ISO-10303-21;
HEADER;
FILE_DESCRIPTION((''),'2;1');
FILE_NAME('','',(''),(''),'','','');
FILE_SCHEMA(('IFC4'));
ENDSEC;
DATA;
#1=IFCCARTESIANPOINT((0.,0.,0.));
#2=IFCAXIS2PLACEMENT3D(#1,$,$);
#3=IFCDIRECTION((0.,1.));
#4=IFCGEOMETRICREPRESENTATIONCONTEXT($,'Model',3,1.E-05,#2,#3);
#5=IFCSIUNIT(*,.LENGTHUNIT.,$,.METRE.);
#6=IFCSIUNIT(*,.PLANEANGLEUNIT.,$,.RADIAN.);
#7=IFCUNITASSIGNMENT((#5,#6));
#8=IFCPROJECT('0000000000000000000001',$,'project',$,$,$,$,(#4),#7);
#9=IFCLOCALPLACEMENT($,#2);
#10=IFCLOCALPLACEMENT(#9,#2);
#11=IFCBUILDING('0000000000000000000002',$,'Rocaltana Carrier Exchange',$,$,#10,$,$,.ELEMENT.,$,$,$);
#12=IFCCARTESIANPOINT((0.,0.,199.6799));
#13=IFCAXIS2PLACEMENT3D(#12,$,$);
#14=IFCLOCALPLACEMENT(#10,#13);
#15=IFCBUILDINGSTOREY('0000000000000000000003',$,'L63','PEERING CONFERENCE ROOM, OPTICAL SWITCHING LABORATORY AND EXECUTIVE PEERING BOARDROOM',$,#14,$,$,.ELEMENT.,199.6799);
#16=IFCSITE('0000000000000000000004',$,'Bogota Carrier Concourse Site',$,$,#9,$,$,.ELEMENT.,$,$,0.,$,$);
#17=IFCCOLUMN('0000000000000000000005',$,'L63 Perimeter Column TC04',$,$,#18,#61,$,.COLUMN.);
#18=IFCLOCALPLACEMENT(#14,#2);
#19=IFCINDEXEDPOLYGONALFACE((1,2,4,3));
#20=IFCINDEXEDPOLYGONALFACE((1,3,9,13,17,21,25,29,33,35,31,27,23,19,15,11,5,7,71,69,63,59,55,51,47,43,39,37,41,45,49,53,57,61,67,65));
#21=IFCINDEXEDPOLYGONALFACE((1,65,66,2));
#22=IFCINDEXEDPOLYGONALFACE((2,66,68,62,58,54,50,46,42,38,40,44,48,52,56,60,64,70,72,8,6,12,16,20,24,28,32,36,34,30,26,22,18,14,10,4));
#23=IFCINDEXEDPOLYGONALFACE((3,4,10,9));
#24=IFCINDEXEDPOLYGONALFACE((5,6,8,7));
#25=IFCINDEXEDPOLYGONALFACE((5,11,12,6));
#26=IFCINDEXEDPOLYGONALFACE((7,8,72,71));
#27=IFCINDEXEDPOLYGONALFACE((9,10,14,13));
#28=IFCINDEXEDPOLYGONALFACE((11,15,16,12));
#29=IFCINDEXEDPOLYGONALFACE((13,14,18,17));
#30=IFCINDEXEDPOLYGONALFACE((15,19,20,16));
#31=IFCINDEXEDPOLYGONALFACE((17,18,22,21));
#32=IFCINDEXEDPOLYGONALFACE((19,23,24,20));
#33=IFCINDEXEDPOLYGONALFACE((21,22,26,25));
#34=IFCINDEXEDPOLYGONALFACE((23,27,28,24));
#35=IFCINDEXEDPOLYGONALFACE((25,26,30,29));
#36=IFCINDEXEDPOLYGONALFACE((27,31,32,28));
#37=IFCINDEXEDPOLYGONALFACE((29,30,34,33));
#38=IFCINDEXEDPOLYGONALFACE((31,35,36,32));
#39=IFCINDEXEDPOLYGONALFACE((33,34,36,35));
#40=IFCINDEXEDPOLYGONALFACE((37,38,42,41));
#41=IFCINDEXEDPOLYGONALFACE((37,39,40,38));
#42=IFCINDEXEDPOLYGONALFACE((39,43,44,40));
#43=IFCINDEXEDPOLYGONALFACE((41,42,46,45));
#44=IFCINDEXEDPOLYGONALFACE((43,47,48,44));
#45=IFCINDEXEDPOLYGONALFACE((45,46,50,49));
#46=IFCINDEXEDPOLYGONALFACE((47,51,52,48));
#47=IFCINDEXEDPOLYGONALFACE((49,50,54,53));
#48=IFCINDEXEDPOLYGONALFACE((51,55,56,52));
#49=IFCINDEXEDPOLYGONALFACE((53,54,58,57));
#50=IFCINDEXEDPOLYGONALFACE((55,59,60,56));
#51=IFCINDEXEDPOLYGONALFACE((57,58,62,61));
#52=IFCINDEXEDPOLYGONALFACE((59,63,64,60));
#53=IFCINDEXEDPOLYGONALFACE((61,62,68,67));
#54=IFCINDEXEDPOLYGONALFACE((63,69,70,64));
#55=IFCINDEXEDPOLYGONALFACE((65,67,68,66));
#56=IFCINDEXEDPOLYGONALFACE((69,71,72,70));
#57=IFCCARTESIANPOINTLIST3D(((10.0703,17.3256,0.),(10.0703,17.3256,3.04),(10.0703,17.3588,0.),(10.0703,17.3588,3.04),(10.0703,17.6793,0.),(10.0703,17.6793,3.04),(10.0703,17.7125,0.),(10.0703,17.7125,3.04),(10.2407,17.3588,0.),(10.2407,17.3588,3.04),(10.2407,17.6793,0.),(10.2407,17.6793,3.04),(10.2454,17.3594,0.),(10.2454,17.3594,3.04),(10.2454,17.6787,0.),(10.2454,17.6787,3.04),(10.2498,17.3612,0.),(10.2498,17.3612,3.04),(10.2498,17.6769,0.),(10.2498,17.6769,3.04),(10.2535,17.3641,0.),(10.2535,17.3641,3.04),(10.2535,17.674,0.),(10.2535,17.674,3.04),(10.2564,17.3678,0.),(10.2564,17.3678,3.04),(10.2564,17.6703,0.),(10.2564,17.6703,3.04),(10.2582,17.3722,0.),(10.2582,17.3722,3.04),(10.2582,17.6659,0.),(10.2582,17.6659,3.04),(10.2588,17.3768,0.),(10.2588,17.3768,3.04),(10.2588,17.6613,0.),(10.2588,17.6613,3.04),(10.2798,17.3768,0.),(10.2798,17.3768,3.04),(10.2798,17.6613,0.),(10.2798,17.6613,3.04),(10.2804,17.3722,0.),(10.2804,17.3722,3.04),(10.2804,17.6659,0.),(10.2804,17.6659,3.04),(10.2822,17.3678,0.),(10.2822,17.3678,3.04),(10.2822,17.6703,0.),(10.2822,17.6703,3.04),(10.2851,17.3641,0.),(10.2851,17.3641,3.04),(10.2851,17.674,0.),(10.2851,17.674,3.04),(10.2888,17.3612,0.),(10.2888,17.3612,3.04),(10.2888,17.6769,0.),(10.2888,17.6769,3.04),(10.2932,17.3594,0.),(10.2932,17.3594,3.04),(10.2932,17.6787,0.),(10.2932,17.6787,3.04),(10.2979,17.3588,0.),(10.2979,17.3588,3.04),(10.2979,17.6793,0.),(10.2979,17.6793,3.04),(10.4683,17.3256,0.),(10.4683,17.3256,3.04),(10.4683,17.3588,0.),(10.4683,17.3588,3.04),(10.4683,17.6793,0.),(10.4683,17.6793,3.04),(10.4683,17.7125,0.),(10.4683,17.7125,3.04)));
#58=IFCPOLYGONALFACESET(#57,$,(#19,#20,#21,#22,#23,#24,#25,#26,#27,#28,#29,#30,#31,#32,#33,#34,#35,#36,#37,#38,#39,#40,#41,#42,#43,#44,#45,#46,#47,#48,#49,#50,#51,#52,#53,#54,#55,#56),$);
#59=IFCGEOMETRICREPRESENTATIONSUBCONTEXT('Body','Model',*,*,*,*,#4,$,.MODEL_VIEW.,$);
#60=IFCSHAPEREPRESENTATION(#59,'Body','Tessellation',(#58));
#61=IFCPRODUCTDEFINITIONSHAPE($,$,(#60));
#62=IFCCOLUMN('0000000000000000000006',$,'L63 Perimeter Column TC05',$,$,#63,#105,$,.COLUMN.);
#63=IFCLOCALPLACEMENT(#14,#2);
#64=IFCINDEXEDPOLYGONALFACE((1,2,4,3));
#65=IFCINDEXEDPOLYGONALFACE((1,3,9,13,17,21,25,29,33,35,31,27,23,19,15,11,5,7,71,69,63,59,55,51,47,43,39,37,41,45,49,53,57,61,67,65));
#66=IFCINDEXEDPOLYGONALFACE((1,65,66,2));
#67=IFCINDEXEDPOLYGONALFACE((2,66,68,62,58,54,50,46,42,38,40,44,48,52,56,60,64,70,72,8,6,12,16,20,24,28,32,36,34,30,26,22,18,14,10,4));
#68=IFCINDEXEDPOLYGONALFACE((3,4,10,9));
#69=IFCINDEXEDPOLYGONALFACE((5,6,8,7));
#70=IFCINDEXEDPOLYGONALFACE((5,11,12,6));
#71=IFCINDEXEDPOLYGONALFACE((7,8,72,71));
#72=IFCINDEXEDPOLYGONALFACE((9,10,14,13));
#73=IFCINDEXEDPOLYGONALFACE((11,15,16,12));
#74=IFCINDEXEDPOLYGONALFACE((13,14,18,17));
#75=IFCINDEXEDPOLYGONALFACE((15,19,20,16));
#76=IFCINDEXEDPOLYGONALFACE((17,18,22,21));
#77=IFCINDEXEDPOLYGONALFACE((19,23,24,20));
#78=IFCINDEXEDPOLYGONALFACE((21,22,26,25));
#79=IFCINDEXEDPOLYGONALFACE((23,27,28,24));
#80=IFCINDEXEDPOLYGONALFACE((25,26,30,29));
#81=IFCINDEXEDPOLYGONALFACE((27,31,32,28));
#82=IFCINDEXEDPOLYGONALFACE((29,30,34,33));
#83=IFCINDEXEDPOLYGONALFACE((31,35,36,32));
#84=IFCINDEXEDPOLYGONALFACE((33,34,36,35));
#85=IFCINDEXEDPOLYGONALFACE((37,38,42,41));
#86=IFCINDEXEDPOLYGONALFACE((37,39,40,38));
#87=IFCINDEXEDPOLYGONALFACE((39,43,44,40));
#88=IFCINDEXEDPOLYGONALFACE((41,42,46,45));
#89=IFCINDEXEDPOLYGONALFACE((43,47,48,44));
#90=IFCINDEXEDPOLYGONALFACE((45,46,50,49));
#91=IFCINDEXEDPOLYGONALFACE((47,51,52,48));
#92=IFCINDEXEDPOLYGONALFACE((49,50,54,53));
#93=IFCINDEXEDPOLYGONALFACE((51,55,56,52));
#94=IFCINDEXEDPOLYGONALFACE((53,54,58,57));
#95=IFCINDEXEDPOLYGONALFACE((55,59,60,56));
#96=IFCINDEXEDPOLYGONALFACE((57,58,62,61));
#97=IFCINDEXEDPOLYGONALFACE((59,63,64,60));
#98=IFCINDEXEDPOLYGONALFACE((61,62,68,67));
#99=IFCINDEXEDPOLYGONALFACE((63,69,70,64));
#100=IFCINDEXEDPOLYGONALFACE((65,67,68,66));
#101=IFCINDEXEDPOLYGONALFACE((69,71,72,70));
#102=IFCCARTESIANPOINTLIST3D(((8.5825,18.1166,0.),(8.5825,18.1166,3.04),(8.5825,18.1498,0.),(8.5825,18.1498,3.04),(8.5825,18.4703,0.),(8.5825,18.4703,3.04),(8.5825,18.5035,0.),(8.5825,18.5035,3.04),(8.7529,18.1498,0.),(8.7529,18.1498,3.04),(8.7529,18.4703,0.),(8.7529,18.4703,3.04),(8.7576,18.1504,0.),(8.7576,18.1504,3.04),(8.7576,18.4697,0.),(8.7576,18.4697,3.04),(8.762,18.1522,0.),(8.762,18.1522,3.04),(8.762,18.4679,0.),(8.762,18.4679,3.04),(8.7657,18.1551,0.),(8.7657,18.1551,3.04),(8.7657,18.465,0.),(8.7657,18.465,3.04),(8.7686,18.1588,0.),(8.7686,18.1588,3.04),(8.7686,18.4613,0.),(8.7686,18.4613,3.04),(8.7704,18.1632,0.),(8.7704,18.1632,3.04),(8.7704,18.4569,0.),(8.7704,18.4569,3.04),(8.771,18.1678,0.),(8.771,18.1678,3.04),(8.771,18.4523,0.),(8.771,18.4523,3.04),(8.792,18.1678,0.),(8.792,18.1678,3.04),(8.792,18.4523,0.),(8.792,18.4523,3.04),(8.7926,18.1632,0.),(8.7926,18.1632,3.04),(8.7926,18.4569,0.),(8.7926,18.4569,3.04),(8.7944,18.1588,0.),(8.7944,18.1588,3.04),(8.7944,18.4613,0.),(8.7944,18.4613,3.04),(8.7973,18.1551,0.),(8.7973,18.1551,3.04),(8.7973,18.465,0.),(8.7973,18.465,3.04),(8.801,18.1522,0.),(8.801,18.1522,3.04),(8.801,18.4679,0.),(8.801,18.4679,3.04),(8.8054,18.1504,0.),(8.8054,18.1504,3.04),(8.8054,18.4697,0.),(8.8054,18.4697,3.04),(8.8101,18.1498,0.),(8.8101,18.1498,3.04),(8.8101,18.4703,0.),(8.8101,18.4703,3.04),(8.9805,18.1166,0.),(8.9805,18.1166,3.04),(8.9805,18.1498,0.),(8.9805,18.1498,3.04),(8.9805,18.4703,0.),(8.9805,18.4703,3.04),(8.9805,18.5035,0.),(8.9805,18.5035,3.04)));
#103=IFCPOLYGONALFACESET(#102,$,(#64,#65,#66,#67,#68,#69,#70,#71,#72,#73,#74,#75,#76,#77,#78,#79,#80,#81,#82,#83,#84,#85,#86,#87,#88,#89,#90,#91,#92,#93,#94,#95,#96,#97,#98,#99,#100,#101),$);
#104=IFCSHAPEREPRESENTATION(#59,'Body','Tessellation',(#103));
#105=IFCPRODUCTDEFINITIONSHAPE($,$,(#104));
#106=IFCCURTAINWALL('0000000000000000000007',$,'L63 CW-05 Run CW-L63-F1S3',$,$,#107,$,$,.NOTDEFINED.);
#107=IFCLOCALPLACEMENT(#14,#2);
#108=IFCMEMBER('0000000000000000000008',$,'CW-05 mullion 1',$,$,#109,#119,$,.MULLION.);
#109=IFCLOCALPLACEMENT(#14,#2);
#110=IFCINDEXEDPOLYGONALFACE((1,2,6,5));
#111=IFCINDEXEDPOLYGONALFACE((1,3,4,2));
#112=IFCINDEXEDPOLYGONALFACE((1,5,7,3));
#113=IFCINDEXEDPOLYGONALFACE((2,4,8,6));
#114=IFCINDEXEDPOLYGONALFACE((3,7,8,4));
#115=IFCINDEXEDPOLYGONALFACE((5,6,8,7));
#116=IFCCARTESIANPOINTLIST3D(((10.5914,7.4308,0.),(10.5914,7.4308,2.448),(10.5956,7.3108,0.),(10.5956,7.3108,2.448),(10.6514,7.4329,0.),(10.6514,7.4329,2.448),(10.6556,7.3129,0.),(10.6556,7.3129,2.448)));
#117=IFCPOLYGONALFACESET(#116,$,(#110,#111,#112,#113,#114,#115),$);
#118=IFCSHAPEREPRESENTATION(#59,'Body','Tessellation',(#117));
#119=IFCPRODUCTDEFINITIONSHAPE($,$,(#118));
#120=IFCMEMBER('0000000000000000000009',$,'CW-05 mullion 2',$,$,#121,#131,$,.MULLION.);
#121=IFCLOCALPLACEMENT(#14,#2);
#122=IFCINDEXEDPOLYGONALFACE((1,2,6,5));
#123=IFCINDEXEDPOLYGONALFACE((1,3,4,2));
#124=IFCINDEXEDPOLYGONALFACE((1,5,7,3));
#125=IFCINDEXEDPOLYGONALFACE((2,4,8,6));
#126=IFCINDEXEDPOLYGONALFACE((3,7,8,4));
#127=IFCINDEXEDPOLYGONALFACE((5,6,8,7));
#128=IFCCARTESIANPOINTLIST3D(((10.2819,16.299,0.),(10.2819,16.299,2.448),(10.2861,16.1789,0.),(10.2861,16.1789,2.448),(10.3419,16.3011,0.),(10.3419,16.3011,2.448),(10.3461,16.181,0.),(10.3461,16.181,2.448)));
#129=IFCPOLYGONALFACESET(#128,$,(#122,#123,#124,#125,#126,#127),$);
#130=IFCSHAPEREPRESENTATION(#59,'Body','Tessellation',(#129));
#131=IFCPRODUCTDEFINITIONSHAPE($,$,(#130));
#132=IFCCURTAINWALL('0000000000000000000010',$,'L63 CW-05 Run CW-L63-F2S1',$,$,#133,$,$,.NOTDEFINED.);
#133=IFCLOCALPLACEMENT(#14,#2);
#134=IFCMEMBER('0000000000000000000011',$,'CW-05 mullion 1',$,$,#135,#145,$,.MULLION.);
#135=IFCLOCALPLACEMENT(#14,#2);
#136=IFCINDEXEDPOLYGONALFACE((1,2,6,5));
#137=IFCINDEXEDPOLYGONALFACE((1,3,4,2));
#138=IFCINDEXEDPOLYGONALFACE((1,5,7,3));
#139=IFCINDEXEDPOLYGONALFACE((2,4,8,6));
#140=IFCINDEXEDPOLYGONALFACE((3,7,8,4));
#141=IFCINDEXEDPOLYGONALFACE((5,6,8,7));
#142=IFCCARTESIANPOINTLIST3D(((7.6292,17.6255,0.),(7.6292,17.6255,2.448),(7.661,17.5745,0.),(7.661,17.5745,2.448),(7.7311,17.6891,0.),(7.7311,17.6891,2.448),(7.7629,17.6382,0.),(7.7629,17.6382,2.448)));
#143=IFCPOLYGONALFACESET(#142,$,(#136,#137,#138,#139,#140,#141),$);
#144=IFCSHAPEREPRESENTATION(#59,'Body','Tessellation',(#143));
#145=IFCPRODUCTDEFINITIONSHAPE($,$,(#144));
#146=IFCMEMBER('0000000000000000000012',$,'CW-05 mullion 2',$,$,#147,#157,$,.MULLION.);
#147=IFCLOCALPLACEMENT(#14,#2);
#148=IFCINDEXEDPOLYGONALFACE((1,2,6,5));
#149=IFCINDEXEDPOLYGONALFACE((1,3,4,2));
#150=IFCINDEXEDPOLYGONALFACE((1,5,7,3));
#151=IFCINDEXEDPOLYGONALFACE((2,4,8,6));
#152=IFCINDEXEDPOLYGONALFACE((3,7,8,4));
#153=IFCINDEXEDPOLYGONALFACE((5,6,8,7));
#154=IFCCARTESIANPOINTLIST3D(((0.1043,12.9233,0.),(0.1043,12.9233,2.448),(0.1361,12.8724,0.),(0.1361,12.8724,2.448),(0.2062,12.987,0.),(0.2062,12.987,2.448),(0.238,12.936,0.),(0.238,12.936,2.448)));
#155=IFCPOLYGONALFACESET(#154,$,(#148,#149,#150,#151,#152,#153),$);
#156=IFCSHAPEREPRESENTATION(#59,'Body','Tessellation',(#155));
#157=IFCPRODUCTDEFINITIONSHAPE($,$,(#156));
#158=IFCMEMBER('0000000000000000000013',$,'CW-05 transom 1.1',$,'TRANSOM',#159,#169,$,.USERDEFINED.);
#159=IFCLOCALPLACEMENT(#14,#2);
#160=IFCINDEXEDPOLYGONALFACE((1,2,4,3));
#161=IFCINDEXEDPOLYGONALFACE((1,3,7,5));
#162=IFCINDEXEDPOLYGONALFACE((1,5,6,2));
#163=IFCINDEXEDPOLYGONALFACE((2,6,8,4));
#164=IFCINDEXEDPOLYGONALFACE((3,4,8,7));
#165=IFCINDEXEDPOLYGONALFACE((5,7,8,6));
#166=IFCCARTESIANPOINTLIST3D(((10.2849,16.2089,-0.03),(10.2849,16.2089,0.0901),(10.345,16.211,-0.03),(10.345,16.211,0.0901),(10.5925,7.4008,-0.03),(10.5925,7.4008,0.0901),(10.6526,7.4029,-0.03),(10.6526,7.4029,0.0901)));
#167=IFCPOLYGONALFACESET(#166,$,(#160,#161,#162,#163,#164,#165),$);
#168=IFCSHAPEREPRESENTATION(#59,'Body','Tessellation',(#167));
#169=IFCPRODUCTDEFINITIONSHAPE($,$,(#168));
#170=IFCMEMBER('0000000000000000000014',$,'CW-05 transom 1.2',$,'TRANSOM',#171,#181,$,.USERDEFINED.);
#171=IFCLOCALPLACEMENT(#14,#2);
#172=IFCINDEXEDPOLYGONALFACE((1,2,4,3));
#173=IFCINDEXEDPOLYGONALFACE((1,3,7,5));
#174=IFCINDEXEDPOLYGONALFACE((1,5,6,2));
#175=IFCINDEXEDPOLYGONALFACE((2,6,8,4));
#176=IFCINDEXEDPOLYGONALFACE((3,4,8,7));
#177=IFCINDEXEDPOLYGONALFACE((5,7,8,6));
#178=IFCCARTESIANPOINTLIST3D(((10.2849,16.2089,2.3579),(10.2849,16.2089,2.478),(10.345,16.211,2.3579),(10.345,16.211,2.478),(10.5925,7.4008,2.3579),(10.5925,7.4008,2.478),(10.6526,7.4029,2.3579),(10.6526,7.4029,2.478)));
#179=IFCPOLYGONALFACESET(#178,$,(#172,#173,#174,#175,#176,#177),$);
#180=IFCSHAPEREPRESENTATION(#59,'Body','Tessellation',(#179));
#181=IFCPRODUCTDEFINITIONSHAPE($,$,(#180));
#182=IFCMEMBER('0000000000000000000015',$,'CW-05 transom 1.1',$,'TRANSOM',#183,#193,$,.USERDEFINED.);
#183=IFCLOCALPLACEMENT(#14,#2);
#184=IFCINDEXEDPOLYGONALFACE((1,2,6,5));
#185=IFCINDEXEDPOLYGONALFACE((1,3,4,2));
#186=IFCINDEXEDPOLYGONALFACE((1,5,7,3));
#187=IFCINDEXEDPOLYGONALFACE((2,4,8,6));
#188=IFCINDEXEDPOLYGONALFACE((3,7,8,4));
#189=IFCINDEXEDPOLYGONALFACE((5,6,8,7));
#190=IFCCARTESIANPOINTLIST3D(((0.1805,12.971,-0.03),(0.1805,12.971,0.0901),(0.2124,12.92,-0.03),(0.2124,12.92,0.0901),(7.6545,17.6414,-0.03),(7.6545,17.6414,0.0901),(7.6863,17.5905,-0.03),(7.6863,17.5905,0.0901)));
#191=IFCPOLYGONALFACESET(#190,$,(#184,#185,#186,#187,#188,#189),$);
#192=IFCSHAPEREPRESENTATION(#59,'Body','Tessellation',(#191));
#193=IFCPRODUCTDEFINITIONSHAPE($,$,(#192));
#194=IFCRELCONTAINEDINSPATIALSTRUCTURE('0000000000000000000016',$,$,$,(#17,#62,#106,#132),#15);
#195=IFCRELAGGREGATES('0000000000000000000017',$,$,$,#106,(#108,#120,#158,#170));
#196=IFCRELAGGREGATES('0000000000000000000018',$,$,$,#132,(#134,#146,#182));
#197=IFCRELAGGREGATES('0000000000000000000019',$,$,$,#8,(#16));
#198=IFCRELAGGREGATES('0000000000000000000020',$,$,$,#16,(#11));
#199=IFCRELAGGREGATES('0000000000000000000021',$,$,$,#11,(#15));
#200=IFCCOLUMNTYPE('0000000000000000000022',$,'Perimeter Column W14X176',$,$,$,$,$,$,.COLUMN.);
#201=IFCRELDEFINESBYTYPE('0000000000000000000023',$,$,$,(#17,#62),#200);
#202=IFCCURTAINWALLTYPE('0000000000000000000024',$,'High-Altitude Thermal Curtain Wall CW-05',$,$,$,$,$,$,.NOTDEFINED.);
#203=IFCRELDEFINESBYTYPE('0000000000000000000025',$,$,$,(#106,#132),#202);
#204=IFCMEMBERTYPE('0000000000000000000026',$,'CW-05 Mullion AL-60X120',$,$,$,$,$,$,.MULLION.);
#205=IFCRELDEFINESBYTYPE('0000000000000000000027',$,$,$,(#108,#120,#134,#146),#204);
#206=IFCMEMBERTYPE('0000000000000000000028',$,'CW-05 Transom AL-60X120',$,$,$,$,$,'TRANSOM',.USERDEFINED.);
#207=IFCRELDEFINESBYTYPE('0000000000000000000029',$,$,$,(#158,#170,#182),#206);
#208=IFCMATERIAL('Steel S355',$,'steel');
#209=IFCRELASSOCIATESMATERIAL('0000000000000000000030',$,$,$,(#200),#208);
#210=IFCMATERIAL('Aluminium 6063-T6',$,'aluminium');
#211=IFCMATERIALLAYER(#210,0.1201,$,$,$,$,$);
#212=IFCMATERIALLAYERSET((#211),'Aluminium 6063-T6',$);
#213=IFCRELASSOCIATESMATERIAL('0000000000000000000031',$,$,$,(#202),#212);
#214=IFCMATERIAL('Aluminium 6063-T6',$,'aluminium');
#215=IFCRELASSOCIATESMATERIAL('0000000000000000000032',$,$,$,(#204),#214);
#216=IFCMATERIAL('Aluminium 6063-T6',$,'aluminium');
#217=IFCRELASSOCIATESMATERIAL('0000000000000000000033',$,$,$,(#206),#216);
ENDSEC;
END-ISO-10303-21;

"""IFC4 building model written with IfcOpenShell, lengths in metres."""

from ifc_helpers import new_model, si_unit, direction, frame, origin, origin_2d, place, context, subcontext, project, spatial, rectangle, i_section, extrude, material, layer, layer_set, material_profile, profile_set, type_object, element, aggregate, save


model = new_model("IFC4")

# Units and contexts
model_context = context("Model", 3, precision=1e-05, world=origin(), true_north=direction((0.0, 1.0)))
body_context = subcontext(model_context, "Body", "Model", "MODEL_VIEW")
ifc_project = project(units=[si_unit("LENGTHUNIT", "METRE"), si_unit("PLANEANGLEUNIT", "RADIAN")], contexts=[model_context])

# Site, building, storey
site_placement = place(None, origin())
site = spatial("IfcSite", under=ifc_project, at=site_placement, Name="Bogota Carrier Concourse Site", CompositionType="ELEMENT", RefElevation=0.0)
building_placement = place(site_placement, origin())
building = spatial("IfcBuilding", under=site, at=building_placement, Name="Rocaltana Carrier Exchange", CompositionType="ELEMENT")
storey_placement = place(building_placement, frame((0.0, 0.0, 199.6799)))
storey = spatial("IfcBuildingStorey", under=building, at=storey_placement, Name="L63", Description="PEERING CONFERENCE ROOM, OPTICAL SWITCHING LABORATORY AND EXECUTIVE PEERING BOARDROOM", CompositionType="ELEMENT", Elevation=199.6799)

# Columns
ifc_material_1 = material(Name="Steel S355", Category="steel")
ifc_material_profile_1 = material_profile(ifc_material_1, i_section(OverallWidth=0.3979, OverallDepth=0.387, WebThickness=0.021, FlangeThickness=0.0332, FilletRadius=0.0181, at=origin_2d()), Name="W14X176")
ifc_profile_set_1 = profile_set([ifc_material_profile_1], Name="Steel S355")
column_type = type_object("IfcColumnType", Name="Perimeter Column W14X176", PredefinedType="COLUMN", material=ifc_profile_set_1)
for number, where, z_axis, x_axis, name in (
    (1, (10.2693, 17.519, 0.0), (0.0, 0.0, 1.0), (1.0, 0.0, 0.0), "L63 Perimeter Column TC04"),
    (2, (8.7815, 18.3101, 0.0), (0.0, 0.0, 1.0), (1.0, 0.0, 0.0), "L63 Perimeter Column TC05"),
):
    element("IfcColumn", number, at=place(storey_placement, frame(where, z_axis=z_axis, x_axis=x_axis)), inside=storey, type_object=column_type, Name=name, PredefinedType="COLUMN", context=body_context, shape_type="SweptSolid", body=[
        extrude(i_section(OverallWidth=0.3979, OverallDepth=0.387, WebThickness=0.021, FlangeThickness=0.0332, FilletRadius=0.0181, at=origin_2d()), origin(), (0.0, 0.0, 1.0), 3.04),
    ])

# Curtain walls, members
ifc_material_2 = material(Name="Aluminium 6063-T6", Category="aluminium")
ifc_layer_1 = layer(ifc_material_2, 0.1201)
ifc_layer_set_1 = layer_set([ifc_layer_1], Name="Aluminium 6063-T6")
curtain_wall_type = type_object("IfcCurtainWallType", Name="High-Altitude Thermal Curtain Wall CW-05", PredefinedType="NOTDEFINED", material=ifc_layer_set_1)
curtain_wall_1_placement = place(storey_placement, origin())
curtain_wall_1 = element("IfcCurtainWall", 3, at=curtain_wall_1_placement, inside=storey, type_object=curtain_wall_type, Name="L63 CW-05 Run CW-L63-F1S3", PredefinedType="NOTDEFINED")
ifc_material_3 = material(Name="Aluminium 6063-T6", Category="aluminium")
ifc_material_profile_2 = material_profile(ifc_material_3, rectangle(XDim=0.0601, YDim=0.1201, at=origin_2d()), Name="AL-60X120")
ifc_profile_set_2 = profile_set([ifc_material_profile_2], Name="Aluminium 6063-T6")
member_type_1 = type_object("IfcMemberType", Name="CW-05 Mullion AL-60X120", PredefinedType="MULLION", material=ifc_profile_set_2)
member_1_placement = place(storey_placement, frame((10.6235, 7.3718, 0.0), z_axis=(0.0, 0.0, 1.0), x_axis=(-0.999391, -0.034903, 0.0)))
member_1 = element("IfcMember", 4, at=member_1_placement, type_object=member_type_1, Name="CW-05 mullion 1", PredefinedType="MULLION", context=body_context, shape_type="SweptSolid", body=[
    extrude(rectangle(XDim=0.0601, YDim=0.1201, at=origin_2d()), origin(), (0.0, 0.0, 1.0), 2.448),
])
member_2_placement = place(storey_placement, frame((10.314, 16.24, 0.0), z_axis=(0.0, 0.0, 1.0), x_axis=(-0.999391, -0.034903, 0.0)))
member_2 = element("IfcMember", 5, at=member_2_placement, type_object=member_type_1, Name="CW-05 mullion 2", PredefinedType="MULLION", context=body_context, shape_type="SweptSolid", body=[
    extrude(rectangle(XDim=0.0601, YDim=0.1201, at=origin_2d()), origin(), (0.0, 0.0, 1.0), 2.448),
])
curtain_wall_2_placement = place(storey_placement, origin())
curtain_wall_2 = element("IfcCurtainWall", 6, at=curtain_wall_2_placement, inside=storey, type_object=curtain_wall_type, Name="L63 CW-05 Run CW-L63-F2S1", PredefinedType="NOTDEFINED")
member_3_placement = place(storey_placement, frame((7.696, 17.6318, 0.0), z_axis=(0.0, 0.0, 1.0), x_axis=(0.529929, -0.848042, 0.0)))
member_3 = element("IfcMember", 7, at=member_3_placement, type_object=member_type_1, Name="CW-05 mullion 1", PredefinedType="MULLION", context=body_context, shape_type="SweptSolid", body=[
    extrude(rectangle(XDim=0.0601, YDim=0.1201, at=origin_2d()), origin(), (0.0, 0.0, 1.0), 2.448),
])
member_4_placement = place(storey_placement, frame((0.1711, 12.9297, 0.0), z_axis=(0.0, 0.0, 1.0), x_axis=(0.529929, -0.848042, 0.0)))
member_4 = element("IfcMember", 8, at=member_4_placement, type_object=member_type_1, Name="CW-05 mullion 2", PredefinedType="MULLION", context=body_context, shape_type="SweptSolid", body=[
    extrude(rectangle(XDim=0.0601, YDim=0.1201, at=origin_2d()), origin(), (0.0, 0.0, 1.0), 2.448),
])

# Members
ifc_material_4 = material(Name="Aluminium 6063-T6", Category="aluminium")
ifc_material_profile_3 = material_profile(ifc_material_4, rectangle(XDim=0.0601, YDim=0.1201, at=origin_2d()), Name="AL-60X120")
ifc_profile_set_3 = profile_set([ifc_material_profile_3], Name="Aluminium 6063-T6")
member_type_2 = type_object("IfcMemberType", Name="CW-05 Transom AL-60X120", ElementType="TRANSOM", PredefinedType="USERDEFINED", material=ifc_profile_set_3)
member_5_placement = place(storey_placement, frame((10.6226, 7.4019, 0.03), z_axis=(-0.034903, 0.999391, 0.0), x_axis=(-0.999391, -0.034903, 0.0)))
member_5 = element("IfcMember", 9, at=member_5_placement, type_object=member_type_2, Name="CW-05 transom 1.1", ObjectType="TRANSOM", PredefinedType="USERDEFINED", context=body_context, shape_type="SweptSolid", body=[
    extrude(rectangle(XDim=0.0601, YDim=0.1201, at=origin_2d()), origin(), (0.0, 0.0, 1.0), 8.8135),
])
member_6_placement = place(storey_placement, frame((10.6226, 7.4019, 2.418), z_axis=(-0.034903, 0.999391, 0.0), x_axis=(-0.999391, -0.034903, 0.0)))
member_6 = element("IfcMember", 10, at=member_6_placement, type_object=member_type_2, Name="CW-05 transom 1.2", ObjectType="TRANSOM", PredefinedType="USERDEFINED", context=body_context, shape_type="SweptSolid", body=[
    extrude(rectangle(XDim=0.0601, YDim=0.1201, at=origin_2d()), origin(), (0.0, 0.0, 1.0), 8.8135),
])
member_7_placement = place(storey_placement, frame((7.6704, 17.616, 0.03), z_axis=(-0.848037, -0.529937, 0.0), x_axis=(0.529937, -0.848037, 0.0)))
member_7 = element("IfcMember", 11, at=member_7_placement, type_object=member_type_2, Name="CW-05 transom 1.1", ObjectType="TRANSOM", PredefinedType="USERDEFINED", context=body_context, shape_type="SweptSolid", body=[
    extrude(rectangle(XDim=0.0601, YDim=0.1201, at=origin_2d()), origin(), (0.0, 0.0, 1.0), 8.8132),
])

aggregate(curtain_wall_1, [member_1, member_2, member_5, member_6])
aggregate(curtain_wall_2, [member_3, member_4, member_7])

save(model, "model.ifc")
